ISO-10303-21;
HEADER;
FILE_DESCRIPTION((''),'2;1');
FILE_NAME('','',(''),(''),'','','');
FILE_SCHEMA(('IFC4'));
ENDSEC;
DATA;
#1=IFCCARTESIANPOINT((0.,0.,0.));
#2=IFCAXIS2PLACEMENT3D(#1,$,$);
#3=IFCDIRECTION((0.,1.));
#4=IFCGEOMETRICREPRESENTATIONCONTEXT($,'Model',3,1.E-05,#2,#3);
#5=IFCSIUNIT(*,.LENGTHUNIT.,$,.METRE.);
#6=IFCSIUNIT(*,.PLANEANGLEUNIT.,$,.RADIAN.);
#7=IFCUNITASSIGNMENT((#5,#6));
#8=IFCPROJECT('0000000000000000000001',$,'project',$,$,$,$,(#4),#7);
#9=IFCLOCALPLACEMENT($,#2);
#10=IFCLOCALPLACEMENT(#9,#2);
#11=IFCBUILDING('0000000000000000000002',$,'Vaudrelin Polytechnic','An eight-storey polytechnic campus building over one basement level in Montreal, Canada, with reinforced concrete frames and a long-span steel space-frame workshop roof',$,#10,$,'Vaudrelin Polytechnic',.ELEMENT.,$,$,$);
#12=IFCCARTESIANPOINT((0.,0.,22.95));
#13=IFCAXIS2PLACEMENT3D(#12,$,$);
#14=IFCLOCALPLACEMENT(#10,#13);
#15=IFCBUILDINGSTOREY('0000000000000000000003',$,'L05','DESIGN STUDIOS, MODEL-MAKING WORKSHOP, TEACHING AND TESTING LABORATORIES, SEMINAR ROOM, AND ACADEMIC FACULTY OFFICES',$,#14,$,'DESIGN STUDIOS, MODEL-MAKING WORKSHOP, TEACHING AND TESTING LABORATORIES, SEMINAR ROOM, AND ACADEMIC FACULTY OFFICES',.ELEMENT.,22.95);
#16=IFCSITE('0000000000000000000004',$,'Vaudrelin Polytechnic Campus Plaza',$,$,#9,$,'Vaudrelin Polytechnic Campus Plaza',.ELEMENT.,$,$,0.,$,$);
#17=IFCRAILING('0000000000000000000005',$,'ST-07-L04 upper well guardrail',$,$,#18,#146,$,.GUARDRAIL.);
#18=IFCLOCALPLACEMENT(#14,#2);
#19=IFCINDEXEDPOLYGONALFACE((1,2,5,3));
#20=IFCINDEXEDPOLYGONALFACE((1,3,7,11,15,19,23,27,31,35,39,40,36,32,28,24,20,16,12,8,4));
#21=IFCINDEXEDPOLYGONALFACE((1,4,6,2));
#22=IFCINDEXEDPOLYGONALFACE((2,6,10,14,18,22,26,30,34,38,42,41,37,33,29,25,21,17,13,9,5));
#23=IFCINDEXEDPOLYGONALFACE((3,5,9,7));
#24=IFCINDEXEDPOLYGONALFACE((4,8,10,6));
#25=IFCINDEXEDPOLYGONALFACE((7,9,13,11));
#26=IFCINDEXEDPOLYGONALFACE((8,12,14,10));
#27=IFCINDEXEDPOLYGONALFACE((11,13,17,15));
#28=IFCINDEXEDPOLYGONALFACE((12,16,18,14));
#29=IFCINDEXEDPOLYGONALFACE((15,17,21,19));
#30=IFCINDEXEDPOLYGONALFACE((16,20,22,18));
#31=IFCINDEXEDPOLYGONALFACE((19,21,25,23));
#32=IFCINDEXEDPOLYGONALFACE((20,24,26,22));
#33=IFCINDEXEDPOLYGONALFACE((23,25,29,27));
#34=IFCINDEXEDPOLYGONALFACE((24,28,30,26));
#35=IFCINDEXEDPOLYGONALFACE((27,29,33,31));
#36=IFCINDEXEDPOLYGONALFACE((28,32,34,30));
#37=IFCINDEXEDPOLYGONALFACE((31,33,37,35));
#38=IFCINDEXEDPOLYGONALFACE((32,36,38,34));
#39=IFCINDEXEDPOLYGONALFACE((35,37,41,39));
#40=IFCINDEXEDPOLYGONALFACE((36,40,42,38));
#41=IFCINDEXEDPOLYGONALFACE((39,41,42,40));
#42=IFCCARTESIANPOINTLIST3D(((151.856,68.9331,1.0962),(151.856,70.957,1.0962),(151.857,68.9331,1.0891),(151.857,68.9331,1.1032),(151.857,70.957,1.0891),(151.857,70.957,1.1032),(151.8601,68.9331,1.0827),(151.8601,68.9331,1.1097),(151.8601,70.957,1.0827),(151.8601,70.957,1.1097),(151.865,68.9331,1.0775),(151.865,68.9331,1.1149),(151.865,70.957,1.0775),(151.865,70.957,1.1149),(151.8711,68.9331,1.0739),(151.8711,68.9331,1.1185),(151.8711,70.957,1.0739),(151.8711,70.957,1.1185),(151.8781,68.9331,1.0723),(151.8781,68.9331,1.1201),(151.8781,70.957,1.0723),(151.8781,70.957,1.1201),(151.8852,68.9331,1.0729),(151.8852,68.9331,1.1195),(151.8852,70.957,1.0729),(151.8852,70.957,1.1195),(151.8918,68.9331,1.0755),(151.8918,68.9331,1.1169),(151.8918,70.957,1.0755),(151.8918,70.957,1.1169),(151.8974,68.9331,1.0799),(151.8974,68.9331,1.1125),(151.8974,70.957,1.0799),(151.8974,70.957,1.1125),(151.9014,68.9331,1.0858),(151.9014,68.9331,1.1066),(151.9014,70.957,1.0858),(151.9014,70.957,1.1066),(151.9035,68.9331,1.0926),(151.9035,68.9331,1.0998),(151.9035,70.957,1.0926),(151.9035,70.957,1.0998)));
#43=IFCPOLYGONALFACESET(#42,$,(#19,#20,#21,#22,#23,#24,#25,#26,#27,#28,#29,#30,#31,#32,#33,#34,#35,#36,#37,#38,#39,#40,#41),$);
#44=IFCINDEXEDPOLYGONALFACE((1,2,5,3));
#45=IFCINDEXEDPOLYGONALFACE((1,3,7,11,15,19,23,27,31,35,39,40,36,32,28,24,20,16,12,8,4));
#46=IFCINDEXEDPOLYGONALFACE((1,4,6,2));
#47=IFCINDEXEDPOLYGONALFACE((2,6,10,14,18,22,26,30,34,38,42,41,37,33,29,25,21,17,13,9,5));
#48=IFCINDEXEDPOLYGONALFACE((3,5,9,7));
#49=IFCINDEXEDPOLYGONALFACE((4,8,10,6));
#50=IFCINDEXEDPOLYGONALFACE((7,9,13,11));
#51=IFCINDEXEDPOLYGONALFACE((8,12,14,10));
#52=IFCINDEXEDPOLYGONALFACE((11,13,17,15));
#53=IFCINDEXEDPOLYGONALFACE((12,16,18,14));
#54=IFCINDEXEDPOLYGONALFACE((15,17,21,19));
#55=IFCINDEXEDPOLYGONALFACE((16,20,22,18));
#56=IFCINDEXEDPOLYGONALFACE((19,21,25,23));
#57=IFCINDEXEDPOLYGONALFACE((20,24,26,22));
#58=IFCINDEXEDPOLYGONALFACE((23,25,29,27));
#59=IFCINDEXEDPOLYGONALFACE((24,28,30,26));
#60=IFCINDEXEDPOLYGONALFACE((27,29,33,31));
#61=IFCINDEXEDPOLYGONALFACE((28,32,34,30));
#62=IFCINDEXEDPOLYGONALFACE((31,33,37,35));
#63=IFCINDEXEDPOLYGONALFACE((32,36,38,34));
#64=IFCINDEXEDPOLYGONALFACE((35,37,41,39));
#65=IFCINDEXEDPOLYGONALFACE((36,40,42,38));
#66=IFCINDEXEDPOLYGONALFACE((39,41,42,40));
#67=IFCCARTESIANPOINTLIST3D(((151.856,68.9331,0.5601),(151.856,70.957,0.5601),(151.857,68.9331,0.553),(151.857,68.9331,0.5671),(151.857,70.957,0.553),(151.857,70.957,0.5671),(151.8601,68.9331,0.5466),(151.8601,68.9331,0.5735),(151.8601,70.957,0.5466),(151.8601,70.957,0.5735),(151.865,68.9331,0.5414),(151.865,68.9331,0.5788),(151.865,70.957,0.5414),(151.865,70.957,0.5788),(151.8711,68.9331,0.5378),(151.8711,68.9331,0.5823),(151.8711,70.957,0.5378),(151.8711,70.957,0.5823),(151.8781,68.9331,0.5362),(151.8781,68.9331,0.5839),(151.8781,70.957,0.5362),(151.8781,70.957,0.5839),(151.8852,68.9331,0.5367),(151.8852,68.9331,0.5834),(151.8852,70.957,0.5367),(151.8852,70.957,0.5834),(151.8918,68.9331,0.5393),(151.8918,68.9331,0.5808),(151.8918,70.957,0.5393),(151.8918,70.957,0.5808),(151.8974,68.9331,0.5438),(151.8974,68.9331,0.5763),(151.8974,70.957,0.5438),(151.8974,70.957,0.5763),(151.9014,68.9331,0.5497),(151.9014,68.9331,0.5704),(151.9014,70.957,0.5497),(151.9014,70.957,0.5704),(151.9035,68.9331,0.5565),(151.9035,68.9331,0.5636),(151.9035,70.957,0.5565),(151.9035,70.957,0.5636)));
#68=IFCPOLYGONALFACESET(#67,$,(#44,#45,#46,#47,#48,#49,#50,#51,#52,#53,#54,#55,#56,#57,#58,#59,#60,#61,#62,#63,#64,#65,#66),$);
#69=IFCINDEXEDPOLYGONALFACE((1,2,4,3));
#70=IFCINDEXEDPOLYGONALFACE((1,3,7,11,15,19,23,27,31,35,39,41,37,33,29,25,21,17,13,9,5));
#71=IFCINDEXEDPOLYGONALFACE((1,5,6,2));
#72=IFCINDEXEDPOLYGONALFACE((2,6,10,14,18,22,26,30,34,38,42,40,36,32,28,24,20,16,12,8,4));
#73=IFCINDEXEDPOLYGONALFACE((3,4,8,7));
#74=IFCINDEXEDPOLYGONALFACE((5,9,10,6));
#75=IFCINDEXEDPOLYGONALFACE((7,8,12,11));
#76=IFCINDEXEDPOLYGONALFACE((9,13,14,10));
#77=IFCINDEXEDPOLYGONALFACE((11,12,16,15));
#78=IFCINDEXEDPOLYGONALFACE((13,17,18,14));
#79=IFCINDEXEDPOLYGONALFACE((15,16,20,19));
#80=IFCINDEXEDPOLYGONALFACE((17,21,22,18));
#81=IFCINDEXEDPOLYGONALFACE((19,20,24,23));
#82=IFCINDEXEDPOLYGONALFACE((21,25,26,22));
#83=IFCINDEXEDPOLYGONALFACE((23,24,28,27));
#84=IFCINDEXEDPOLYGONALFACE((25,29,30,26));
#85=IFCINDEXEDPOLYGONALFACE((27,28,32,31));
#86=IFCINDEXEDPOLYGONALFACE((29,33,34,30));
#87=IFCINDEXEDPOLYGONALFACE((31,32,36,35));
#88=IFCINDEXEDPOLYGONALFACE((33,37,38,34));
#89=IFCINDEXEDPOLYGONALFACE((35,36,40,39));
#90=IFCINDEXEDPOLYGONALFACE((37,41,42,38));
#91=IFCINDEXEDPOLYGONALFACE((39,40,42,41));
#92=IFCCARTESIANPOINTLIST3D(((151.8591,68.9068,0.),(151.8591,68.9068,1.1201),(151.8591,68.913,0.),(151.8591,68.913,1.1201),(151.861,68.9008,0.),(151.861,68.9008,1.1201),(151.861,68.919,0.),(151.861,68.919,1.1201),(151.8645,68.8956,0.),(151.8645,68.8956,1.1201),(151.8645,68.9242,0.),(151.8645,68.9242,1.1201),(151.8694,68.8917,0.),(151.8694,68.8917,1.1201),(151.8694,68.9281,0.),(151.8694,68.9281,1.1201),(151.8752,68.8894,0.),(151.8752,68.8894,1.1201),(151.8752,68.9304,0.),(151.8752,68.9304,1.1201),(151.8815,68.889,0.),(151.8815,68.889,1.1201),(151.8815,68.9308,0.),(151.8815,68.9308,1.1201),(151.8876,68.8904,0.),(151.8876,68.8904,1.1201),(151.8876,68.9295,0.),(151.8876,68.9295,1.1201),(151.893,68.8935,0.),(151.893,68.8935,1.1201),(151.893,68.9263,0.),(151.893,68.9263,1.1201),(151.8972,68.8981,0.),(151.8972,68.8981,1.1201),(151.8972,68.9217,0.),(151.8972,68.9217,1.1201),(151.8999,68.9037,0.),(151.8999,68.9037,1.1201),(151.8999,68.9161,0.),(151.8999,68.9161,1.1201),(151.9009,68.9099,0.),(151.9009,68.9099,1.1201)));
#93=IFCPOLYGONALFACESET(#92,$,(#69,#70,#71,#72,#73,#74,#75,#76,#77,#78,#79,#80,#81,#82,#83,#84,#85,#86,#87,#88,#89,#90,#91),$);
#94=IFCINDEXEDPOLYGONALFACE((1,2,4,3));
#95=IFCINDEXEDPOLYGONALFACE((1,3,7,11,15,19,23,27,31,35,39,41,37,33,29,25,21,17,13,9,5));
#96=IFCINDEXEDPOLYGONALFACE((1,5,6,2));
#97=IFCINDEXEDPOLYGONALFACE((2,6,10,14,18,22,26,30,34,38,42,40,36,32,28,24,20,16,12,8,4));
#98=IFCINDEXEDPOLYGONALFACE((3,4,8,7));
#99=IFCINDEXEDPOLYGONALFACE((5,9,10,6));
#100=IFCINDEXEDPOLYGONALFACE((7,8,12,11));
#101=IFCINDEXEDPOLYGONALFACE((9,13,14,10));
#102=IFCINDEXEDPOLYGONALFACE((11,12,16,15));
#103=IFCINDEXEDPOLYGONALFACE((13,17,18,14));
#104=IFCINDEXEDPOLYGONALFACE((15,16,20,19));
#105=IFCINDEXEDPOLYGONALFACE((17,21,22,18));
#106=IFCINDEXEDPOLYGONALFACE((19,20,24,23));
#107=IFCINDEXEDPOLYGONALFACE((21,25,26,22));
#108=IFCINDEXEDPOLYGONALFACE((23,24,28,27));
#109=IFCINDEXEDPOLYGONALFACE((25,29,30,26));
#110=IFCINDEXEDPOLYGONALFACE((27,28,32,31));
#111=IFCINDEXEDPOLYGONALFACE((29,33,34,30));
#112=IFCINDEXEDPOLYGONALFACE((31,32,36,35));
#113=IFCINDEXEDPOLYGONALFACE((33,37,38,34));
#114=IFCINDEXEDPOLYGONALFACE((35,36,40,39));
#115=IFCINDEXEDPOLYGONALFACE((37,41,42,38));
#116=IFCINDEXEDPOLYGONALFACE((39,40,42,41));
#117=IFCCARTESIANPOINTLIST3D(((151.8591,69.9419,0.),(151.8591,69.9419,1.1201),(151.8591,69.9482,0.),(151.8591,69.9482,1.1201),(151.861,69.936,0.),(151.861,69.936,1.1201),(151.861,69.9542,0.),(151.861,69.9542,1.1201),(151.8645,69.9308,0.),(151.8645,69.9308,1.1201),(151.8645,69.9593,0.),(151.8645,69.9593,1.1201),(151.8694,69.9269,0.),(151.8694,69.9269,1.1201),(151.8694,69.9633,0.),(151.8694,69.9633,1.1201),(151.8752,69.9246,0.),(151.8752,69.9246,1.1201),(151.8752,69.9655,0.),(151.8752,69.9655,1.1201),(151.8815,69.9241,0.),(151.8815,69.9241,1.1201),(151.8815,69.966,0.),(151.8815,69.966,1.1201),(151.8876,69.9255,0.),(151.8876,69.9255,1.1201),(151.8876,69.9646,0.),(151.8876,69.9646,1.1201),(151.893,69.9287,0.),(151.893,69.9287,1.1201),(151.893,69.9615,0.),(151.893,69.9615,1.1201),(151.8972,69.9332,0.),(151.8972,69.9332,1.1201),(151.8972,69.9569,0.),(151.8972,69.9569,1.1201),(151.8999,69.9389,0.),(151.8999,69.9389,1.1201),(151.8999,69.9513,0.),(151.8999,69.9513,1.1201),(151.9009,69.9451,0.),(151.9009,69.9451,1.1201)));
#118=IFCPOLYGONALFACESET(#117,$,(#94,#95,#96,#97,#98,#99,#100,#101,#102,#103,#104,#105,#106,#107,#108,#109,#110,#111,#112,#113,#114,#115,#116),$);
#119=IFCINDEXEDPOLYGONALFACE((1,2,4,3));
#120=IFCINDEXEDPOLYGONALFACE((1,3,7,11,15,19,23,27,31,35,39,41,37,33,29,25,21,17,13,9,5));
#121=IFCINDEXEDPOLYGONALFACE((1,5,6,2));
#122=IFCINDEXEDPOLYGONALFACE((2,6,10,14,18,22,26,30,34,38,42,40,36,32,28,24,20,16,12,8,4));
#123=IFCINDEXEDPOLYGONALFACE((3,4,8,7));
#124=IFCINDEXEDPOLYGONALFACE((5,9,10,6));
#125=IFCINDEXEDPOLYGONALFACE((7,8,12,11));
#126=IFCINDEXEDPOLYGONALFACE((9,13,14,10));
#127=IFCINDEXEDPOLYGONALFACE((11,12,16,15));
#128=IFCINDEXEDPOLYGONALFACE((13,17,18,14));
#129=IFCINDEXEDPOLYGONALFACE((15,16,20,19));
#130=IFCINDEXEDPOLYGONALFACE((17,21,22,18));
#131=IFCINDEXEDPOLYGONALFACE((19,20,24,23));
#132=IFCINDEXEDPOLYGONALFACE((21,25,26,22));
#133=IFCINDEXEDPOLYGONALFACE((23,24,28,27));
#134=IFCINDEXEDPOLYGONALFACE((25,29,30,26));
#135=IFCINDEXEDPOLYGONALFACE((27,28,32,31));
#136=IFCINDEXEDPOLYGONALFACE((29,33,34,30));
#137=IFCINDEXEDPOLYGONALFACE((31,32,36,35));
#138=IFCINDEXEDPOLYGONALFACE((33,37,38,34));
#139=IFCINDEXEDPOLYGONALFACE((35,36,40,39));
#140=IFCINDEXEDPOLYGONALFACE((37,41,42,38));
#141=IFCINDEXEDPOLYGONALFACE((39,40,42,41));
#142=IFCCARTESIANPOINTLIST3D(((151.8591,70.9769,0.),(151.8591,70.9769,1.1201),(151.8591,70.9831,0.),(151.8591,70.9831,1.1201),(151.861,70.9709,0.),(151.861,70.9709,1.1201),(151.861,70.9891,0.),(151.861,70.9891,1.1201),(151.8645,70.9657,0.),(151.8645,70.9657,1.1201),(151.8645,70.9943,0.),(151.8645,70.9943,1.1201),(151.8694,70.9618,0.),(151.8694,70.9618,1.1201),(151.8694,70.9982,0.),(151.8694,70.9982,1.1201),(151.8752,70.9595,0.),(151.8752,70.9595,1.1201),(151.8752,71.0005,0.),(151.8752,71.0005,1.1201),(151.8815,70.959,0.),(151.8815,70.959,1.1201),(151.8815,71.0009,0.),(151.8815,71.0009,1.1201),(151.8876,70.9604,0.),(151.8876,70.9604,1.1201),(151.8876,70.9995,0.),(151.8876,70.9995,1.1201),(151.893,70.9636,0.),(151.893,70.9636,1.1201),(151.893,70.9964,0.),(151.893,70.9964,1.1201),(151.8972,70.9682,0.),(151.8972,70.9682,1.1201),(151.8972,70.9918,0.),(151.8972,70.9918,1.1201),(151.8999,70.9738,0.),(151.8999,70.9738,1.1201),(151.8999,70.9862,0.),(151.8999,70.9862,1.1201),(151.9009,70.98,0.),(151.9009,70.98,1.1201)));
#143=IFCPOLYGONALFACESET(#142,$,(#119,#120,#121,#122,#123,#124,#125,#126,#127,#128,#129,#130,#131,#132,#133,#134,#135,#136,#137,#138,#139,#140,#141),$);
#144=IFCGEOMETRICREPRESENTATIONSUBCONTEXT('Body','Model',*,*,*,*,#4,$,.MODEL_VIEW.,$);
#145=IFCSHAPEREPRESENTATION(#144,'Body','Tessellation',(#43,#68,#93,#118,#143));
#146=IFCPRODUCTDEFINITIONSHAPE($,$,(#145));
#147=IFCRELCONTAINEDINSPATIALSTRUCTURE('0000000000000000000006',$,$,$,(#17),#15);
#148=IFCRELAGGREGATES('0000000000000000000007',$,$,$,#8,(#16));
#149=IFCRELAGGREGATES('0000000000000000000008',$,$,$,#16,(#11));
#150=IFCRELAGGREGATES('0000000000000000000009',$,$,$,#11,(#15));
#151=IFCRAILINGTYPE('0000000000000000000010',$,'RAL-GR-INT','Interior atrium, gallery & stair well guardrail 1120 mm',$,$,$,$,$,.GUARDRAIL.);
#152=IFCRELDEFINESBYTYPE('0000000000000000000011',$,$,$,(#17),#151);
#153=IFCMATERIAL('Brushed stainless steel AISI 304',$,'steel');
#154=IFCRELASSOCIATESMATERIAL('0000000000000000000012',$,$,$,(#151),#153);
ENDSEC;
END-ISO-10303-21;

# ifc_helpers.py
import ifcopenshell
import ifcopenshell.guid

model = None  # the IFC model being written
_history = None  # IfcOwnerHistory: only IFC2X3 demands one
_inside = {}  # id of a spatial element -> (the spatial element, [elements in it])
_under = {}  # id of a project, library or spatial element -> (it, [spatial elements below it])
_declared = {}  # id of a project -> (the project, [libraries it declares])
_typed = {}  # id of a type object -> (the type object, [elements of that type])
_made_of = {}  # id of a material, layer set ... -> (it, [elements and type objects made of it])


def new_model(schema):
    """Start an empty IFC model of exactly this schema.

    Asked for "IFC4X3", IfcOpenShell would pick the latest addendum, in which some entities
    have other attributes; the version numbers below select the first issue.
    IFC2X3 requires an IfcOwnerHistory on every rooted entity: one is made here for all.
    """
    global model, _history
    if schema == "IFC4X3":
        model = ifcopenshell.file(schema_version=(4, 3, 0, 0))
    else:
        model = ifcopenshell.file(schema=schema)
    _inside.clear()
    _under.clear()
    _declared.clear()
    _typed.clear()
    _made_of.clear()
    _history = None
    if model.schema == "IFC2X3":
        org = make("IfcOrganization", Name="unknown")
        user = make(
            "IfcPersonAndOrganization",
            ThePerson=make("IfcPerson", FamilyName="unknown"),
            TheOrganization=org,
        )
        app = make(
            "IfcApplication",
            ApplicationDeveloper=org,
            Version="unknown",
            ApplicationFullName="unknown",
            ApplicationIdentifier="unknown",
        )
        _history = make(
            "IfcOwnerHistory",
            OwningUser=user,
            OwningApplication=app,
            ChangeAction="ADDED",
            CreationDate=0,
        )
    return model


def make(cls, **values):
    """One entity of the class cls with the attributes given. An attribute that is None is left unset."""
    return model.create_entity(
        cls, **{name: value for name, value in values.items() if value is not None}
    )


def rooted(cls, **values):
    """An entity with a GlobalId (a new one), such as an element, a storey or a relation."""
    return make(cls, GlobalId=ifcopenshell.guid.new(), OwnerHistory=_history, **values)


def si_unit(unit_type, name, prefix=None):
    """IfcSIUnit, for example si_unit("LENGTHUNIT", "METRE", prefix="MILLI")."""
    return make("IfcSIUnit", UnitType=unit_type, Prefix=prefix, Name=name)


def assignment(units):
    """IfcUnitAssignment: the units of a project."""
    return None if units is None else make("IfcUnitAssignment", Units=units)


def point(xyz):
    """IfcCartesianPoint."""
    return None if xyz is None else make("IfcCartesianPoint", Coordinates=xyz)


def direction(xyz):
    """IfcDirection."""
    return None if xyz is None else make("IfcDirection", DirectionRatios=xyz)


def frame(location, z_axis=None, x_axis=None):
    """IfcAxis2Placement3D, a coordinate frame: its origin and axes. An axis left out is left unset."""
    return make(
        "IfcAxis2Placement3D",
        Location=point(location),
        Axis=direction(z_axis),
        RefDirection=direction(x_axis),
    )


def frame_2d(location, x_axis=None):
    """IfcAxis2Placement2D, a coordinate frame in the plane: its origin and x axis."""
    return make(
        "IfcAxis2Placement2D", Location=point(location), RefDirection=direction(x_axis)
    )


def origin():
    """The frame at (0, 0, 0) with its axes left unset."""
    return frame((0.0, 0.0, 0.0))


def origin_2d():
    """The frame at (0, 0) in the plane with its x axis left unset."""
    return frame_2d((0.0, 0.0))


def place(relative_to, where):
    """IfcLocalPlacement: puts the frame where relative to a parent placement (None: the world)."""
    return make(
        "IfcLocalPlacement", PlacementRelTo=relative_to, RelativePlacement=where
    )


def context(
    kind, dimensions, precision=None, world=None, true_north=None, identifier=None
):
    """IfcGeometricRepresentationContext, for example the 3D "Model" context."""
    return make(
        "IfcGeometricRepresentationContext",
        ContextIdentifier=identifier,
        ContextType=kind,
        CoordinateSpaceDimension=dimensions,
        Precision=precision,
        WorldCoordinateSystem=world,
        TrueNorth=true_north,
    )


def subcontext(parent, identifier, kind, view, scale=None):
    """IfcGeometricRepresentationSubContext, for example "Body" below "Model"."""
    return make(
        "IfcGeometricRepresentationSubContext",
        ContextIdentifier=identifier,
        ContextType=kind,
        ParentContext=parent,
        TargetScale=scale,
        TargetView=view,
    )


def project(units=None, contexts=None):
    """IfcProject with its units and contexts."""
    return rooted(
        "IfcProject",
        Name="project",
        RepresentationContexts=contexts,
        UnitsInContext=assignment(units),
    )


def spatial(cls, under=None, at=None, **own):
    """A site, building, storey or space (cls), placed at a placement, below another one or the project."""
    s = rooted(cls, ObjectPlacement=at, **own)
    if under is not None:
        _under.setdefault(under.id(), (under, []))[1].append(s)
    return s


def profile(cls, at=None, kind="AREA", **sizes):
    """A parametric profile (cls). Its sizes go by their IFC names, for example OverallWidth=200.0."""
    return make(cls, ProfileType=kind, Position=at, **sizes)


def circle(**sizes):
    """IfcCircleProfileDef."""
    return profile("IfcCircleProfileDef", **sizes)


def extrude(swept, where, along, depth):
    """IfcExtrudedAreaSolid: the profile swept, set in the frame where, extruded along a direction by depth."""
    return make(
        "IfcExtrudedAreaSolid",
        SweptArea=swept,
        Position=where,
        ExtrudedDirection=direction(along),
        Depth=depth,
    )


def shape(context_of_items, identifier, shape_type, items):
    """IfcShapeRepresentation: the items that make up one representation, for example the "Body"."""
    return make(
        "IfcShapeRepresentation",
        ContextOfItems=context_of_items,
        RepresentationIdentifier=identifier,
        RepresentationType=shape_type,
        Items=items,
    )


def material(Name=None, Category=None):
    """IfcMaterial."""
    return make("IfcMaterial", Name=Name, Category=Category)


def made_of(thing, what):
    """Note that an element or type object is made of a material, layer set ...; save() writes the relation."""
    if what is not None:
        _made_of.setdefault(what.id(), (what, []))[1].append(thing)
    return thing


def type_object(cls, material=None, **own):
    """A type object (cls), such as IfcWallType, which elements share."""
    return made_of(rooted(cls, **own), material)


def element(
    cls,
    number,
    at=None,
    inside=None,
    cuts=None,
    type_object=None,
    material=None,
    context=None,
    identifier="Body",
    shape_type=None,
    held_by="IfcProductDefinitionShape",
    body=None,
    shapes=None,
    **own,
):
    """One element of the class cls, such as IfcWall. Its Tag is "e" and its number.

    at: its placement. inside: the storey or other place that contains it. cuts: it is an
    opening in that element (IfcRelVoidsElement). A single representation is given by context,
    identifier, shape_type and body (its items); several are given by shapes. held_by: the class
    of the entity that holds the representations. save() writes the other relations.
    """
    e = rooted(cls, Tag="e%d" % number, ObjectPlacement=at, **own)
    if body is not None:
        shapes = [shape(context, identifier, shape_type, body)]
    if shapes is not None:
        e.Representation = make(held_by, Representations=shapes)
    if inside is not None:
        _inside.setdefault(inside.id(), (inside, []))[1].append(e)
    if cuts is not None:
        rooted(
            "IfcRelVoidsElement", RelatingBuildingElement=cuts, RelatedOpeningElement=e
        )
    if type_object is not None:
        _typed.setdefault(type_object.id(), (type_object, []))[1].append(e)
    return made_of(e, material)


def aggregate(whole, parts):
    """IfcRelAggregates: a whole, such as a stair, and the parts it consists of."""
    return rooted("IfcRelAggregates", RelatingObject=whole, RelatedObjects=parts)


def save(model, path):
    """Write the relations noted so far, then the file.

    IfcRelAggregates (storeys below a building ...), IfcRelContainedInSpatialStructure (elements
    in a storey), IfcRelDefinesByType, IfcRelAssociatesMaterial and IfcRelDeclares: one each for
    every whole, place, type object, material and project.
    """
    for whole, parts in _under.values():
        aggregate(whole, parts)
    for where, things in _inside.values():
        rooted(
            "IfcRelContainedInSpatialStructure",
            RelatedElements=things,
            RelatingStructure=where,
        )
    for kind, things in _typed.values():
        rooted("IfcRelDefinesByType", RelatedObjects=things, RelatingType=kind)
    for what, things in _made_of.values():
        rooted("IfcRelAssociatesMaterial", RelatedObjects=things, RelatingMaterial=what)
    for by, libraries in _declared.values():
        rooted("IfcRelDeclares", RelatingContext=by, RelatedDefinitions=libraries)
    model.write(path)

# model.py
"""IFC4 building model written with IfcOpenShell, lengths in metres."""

from ifc_helpers import new_model, si_unit, direction, frame, origin, origin_2d, place, context, subcontext, project, spatial, circle, extrude, material, type_object, element, save


model = new_model("IFC4")

# Units and contexts
model_context = context("Model", 3, precision=1e-05, world=origin(), true_north=direction((0.0, 1.0)))
body_context = subcontext(model_context, "Body", "Model", "MODEL_VIEW")
ifc_project = project(units=[si_unit("LENGTHUNIT", "METRE"), si_unit("PLANEANGLEUNIT", "RADIAN")], contexts=[model_context])

# Site, building, storey
site_placement = place(None, origin())
site = spatial("IfcSite", under=ifc_project, at=site_placement, Name="Vaudrelin Polytechnic Campus Plaza", LongName="Vaudrelin Polytechnic Campus Plaza", CompositionType="ELEMENT", RefElevation=0.0)
building_placement = place(site_placement, origin())
building = spatial("IfcBuilding", under=site, at=building_placement, Name="Vaudrelin Polytechnic", Description="An eight-storey polytechnic campus building over one basement level in Montreal, Canada, with reinforced concrete frames and a long-span steel space-frame workshop roof", LongName="Vaudrelin Polytechnic", CompositionType="ELEMENT")
storey_placement = place(building_placement, frame((0.0, 0.0, 22.95)))
storey = spatial("IfcBuildingStorey", under=building, at=storey_placement, Name="L05", Description="DESIGN STUDIOS, MODEL-MAKING WORKSHOP, TEACHING AND TESTING LABORATORIES, SEMINAR ROOM, AND ACADEMIC FACULTY OFFICES", LongName="DESIGN STUDIOS, MODEL-MAKING WORKSHOP, TEACHING AND TESTING LABORATORIES, SEMINAR ROOM, AND ACADEMIC FACULTY OFFICES", CompositionType="ELEMENT", Elevation=22.95)

# Shared definitions
ifc_material_1 = material(Name="Brushed stainless steel AISI 304", Category="steel")

# Railing
railing_type = type_object("IfcRailingType", Name="RAL-GR-INT", Description="Interior atrium, gallery & stair well guardrail 1120 mm", PredefinedType="GUARDRAIL", material=ifc_material_1)
railing_placement = place(storey_placement, frame((151.8799, 68.9099, 0.0)))
element("IfcRailing", 1, at=railing_placement, inside=storey, type_object=railing_type, Name="ST-07-L04 upper well guardrail", PredefinedType="GUARDRAIL", context=body_context, shape_type="SweptSolid", body=[
    extrude(circle(Radius=0.0239, at=origin_2d()), frame((0.0, 0.0232, 1.0962), z_axis=(0.0, 1.0, 0.0), x_axis=(-1.0, 0.0, 0.0)), (0.0, 0.0, 1.0), 2.0239),
    extrude(circle(Radius=0.0239, at=origin_2d()), frame((0.0, 0.0232, 0.5601), z_axis=(0.0, 1.0, 0.0), x_axis=(-1.0, 0.0, 0.0)), (0.0, 0.0, 1.0), 2.0239),
    extrude(circle(Radius=0.021, at=origin_2d()), origin(), (0.0, 0.0, 1.0), 1.1201),
    extrude(circle(Radius=0.021, at=origin_2d()), frame((0.0, 1.0352, 0.0)), (0.0, 0.0, 1.0), 1.1201),
    extrude(circle(Radius=0.021, at=origin_2d()), frame((0.0, 2.0701, 0.0)), (0.0, 0.0, 1.0), 1.1201),
])

save(model, "model.ifc")
